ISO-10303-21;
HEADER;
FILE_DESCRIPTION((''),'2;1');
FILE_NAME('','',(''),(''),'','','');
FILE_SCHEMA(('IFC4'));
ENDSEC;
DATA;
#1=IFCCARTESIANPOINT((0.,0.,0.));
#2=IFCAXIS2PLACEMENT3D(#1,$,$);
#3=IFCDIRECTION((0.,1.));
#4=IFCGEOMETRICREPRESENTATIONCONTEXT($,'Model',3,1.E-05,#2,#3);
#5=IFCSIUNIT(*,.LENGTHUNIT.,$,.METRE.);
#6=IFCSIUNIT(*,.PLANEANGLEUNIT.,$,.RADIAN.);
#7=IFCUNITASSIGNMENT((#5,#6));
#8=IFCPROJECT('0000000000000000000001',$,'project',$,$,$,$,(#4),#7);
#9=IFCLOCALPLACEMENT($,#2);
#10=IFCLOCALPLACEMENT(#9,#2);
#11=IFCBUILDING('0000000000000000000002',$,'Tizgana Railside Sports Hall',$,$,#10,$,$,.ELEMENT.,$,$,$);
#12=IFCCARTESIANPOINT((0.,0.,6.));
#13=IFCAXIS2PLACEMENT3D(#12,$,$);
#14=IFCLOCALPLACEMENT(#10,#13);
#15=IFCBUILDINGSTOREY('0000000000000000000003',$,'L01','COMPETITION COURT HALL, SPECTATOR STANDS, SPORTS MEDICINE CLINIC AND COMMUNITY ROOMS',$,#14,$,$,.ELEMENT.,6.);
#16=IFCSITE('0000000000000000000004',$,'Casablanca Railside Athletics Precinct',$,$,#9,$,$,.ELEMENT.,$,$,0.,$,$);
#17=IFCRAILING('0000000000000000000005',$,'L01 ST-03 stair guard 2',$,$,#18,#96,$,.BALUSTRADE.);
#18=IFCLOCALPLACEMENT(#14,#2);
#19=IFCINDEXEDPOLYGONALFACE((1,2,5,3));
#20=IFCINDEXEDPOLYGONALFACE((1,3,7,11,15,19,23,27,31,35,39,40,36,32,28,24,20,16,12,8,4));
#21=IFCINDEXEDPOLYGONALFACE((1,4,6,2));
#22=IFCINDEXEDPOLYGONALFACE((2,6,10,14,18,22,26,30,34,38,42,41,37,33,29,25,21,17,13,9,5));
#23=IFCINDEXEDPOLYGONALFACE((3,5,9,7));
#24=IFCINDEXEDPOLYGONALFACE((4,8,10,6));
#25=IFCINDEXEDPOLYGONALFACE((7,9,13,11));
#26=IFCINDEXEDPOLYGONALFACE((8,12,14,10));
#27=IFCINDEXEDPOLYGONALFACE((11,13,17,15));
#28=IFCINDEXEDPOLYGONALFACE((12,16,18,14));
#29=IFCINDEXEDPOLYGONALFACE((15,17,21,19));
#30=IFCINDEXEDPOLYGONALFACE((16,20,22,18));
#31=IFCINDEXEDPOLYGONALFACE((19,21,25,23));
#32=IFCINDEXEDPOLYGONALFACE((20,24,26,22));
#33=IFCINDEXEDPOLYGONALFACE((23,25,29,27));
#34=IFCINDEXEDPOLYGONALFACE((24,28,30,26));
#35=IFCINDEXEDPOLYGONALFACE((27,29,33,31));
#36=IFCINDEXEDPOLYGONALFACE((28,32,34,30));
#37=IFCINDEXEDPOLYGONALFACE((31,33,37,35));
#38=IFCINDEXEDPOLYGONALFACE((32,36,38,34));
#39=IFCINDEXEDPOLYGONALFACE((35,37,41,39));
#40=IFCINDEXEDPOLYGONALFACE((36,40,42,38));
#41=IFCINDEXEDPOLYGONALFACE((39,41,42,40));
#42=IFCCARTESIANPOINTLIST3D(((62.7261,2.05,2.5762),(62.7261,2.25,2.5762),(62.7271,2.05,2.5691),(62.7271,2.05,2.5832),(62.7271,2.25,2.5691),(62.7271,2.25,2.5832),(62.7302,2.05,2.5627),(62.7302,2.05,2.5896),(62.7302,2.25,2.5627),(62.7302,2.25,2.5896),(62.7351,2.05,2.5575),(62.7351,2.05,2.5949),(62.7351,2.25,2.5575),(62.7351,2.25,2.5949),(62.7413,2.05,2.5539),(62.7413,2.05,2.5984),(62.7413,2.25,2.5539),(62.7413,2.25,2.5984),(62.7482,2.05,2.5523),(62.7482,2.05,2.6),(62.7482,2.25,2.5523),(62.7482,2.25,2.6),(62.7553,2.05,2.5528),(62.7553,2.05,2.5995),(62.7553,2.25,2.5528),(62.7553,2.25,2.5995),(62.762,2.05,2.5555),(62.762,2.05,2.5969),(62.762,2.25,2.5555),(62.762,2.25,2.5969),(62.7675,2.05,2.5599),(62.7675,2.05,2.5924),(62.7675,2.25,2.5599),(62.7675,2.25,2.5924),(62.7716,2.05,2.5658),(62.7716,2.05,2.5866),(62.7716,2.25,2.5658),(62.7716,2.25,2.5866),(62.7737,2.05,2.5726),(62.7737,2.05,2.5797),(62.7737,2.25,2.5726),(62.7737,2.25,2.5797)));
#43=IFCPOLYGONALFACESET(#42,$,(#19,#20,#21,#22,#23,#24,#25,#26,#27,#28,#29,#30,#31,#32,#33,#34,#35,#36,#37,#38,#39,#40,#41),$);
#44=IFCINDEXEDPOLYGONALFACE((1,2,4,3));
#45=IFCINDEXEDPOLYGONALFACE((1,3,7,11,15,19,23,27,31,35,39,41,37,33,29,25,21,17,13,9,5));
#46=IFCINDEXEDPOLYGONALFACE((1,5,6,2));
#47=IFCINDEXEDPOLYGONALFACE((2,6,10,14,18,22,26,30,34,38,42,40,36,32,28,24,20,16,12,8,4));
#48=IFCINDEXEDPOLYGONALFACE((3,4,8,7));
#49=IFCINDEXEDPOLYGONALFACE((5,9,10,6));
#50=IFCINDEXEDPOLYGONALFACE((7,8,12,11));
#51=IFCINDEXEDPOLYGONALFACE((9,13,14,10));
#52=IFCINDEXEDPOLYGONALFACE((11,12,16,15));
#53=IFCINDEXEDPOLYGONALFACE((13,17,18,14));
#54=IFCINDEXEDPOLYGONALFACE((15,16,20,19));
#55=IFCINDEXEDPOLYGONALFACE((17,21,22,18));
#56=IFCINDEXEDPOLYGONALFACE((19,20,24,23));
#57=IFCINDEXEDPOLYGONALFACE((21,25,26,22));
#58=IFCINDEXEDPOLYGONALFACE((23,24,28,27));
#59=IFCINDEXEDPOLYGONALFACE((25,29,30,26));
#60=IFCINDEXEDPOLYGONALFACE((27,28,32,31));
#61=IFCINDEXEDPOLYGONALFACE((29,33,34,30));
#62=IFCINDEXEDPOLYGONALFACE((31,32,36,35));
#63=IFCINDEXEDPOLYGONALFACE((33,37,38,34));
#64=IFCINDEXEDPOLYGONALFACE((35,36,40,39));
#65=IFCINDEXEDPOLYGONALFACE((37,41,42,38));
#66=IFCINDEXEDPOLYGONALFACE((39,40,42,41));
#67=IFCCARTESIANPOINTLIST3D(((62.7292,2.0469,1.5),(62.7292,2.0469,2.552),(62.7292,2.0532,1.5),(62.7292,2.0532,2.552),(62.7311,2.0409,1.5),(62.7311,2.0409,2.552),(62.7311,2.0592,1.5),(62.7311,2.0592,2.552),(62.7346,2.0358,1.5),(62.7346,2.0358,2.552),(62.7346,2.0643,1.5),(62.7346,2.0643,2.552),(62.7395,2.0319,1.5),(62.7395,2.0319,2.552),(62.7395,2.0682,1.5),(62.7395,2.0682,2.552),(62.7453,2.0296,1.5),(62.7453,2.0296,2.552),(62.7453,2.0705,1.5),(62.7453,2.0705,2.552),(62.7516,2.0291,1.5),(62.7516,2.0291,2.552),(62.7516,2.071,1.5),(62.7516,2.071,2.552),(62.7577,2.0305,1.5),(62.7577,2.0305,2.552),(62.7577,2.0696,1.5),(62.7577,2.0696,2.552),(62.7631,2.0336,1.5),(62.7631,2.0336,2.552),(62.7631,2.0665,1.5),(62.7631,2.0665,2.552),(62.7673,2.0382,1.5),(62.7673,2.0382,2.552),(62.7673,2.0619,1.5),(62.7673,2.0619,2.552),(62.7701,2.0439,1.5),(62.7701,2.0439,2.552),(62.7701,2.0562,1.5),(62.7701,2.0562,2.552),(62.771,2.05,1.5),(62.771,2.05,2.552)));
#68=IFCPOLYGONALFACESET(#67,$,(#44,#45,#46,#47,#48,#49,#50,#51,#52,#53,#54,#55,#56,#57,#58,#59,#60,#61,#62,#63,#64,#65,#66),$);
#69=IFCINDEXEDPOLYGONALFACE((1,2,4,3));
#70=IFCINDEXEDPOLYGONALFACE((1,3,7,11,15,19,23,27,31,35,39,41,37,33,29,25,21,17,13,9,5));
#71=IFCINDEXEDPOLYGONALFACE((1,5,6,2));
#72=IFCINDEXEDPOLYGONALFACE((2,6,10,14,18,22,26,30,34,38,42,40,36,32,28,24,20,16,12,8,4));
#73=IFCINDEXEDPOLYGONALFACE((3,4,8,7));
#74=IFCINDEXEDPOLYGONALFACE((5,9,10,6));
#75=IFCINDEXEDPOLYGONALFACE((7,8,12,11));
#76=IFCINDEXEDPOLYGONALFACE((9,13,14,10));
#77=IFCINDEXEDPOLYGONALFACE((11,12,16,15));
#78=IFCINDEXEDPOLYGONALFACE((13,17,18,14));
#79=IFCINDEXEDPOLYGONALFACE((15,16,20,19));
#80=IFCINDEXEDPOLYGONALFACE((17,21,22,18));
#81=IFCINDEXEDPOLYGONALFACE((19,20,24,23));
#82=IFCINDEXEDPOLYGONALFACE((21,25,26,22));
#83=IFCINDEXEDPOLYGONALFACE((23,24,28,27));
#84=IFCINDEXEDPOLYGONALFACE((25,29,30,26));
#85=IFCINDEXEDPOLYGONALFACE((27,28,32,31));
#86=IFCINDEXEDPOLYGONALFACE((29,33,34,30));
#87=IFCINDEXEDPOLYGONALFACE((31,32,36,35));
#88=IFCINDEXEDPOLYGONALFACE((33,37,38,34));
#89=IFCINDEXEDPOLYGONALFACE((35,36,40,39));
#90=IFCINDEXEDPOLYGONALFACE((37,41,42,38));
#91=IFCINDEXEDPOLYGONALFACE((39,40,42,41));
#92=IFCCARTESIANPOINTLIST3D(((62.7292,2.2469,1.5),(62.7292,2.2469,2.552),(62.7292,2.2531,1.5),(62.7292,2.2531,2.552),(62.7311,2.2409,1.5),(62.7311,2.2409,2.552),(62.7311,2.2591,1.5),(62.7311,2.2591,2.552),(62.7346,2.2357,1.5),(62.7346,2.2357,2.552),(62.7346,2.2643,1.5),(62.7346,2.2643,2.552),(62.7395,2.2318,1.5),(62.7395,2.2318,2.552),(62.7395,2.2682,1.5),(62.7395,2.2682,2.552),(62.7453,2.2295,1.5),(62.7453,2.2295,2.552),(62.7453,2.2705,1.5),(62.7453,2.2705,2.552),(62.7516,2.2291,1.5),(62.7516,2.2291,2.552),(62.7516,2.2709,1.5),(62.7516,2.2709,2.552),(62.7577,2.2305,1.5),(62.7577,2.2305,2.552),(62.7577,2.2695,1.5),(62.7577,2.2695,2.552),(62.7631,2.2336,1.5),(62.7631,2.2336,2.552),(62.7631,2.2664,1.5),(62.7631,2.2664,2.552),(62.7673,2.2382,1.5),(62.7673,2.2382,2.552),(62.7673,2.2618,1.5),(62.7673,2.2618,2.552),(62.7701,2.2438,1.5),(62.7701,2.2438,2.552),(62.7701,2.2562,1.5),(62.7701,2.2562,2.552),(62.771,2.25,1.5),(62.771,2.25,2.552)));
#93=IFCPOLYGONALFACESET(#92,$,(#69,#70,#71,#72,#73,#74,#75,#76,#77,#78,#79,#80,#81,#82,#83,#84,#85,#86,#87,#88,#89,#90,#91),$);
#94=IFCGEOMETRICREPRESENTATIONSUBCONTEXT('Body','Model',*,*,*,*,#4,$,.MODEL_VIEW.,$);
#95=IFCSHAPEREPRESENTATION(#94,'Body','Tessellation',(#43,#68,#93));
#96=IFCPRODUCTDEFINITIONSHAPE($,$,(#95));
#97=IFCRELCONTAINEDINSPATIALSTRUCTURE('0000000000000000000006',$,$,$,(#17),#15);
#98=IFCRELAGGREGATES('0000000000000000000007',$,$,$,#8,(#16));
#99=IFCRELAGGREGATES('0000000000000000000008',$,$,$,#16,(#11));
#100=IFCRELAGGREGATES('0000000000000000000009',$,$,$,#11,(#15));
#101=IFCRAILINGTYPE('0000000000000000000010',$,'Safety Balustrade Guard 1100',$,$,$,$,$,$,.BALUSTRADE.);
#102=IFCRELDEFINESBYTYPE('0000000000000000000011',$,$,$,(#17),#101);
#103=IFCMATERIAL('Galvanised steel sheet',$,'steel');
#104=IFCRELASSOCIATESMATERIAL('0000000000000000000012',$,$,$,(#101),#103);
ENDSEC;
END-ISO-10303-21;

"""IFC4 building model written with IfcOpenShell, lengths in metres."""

from ifc_helpers import new_model, si_unit, direction, frame, origin, origin_2d, place, context, subcontext, project, spatial, circle, extrude, material, type_object, element, save


model = new_model("IFC4")

# Units and contexts
model_context = context("Model", 3, precision=1e-05, world=origin(), true_north=direction((0.0, 1.0)))
body_context = subcontext(model_context, "Body", "Model", "MODEL_VIEW")
ifc_project = project(units=[si_unit("LENGTHUNIT", "METRE"), si_unit("PLANEANGLEUNIT", "RADIAN")], contexts=[model_context])

# Site, building, storey
site_placement = place(None, origin())
site = spatial("IfcSite", under=ifc_project, at=site_placement, Name="Casablanca Railside Athletics Precinct", CompositionType="ELEMENT", RefElevation=0.0)
building_placement = place(site_placement, origin())
building = spatial("IfcBuilding", under=site, at=building_placement, Name="Tizgana Railside Sports Hall", CompositionType="ELEMENT")
storey_placement = place(building_placement, frame((0.0, 0.0, 6.0)))
storey = spatial("IfcBuildingStorey", under=building, at=storey_placement, Name="L01", Description="COMPETITION COURT HALL, SPECTATOR STANDS, SPORTS MEDICINE CLINIC AND COMMUNITY ROOMS", CompositionType="ELEMENT", Elevation=6.0)

# Railing
ifc_material_1 = material(Name="Galvanised steel sheet", Category="steel")
railing_type_1 = type_object("IfcRailingType", Name="Safety Balustrade Guard 1100", PredefinedType="BALUSTRADE", material=ifc_material_1)
railing_1_placement = place(storey_placement, frame((62.75, 2.05, 1.5)))
element("IfcRailing", 1, at=railing_1_placement, inside=storey, type_object=railing_type_1, Name="L01 ST-03 stair guard 2", PredefinedType="BALUSTRADE", context=body_context, shape_type="SweptSolid", body=[
    extrude(circle(Radius=0.0239, at=origin_2d()), frame((0.0, 0.0, 1.0762), z_axis=(0.0, 1.0, 0.0), x_axis=(-1.0, 0.0, 0.0)), (0.0, 0.0, 1.0), 0.2),
    extrude(circle(Radius=0.021, at=origin_2d()), origin(), (0.0, 0.0, 1.0), 1.052),
    extrude(circle(Radius=0.021, at=origin_2d()), frame((0.0, 0.2, 0.0)), (0.0, 0.0, 1.0), 1.052),
])

save(model, "model.ifc")
